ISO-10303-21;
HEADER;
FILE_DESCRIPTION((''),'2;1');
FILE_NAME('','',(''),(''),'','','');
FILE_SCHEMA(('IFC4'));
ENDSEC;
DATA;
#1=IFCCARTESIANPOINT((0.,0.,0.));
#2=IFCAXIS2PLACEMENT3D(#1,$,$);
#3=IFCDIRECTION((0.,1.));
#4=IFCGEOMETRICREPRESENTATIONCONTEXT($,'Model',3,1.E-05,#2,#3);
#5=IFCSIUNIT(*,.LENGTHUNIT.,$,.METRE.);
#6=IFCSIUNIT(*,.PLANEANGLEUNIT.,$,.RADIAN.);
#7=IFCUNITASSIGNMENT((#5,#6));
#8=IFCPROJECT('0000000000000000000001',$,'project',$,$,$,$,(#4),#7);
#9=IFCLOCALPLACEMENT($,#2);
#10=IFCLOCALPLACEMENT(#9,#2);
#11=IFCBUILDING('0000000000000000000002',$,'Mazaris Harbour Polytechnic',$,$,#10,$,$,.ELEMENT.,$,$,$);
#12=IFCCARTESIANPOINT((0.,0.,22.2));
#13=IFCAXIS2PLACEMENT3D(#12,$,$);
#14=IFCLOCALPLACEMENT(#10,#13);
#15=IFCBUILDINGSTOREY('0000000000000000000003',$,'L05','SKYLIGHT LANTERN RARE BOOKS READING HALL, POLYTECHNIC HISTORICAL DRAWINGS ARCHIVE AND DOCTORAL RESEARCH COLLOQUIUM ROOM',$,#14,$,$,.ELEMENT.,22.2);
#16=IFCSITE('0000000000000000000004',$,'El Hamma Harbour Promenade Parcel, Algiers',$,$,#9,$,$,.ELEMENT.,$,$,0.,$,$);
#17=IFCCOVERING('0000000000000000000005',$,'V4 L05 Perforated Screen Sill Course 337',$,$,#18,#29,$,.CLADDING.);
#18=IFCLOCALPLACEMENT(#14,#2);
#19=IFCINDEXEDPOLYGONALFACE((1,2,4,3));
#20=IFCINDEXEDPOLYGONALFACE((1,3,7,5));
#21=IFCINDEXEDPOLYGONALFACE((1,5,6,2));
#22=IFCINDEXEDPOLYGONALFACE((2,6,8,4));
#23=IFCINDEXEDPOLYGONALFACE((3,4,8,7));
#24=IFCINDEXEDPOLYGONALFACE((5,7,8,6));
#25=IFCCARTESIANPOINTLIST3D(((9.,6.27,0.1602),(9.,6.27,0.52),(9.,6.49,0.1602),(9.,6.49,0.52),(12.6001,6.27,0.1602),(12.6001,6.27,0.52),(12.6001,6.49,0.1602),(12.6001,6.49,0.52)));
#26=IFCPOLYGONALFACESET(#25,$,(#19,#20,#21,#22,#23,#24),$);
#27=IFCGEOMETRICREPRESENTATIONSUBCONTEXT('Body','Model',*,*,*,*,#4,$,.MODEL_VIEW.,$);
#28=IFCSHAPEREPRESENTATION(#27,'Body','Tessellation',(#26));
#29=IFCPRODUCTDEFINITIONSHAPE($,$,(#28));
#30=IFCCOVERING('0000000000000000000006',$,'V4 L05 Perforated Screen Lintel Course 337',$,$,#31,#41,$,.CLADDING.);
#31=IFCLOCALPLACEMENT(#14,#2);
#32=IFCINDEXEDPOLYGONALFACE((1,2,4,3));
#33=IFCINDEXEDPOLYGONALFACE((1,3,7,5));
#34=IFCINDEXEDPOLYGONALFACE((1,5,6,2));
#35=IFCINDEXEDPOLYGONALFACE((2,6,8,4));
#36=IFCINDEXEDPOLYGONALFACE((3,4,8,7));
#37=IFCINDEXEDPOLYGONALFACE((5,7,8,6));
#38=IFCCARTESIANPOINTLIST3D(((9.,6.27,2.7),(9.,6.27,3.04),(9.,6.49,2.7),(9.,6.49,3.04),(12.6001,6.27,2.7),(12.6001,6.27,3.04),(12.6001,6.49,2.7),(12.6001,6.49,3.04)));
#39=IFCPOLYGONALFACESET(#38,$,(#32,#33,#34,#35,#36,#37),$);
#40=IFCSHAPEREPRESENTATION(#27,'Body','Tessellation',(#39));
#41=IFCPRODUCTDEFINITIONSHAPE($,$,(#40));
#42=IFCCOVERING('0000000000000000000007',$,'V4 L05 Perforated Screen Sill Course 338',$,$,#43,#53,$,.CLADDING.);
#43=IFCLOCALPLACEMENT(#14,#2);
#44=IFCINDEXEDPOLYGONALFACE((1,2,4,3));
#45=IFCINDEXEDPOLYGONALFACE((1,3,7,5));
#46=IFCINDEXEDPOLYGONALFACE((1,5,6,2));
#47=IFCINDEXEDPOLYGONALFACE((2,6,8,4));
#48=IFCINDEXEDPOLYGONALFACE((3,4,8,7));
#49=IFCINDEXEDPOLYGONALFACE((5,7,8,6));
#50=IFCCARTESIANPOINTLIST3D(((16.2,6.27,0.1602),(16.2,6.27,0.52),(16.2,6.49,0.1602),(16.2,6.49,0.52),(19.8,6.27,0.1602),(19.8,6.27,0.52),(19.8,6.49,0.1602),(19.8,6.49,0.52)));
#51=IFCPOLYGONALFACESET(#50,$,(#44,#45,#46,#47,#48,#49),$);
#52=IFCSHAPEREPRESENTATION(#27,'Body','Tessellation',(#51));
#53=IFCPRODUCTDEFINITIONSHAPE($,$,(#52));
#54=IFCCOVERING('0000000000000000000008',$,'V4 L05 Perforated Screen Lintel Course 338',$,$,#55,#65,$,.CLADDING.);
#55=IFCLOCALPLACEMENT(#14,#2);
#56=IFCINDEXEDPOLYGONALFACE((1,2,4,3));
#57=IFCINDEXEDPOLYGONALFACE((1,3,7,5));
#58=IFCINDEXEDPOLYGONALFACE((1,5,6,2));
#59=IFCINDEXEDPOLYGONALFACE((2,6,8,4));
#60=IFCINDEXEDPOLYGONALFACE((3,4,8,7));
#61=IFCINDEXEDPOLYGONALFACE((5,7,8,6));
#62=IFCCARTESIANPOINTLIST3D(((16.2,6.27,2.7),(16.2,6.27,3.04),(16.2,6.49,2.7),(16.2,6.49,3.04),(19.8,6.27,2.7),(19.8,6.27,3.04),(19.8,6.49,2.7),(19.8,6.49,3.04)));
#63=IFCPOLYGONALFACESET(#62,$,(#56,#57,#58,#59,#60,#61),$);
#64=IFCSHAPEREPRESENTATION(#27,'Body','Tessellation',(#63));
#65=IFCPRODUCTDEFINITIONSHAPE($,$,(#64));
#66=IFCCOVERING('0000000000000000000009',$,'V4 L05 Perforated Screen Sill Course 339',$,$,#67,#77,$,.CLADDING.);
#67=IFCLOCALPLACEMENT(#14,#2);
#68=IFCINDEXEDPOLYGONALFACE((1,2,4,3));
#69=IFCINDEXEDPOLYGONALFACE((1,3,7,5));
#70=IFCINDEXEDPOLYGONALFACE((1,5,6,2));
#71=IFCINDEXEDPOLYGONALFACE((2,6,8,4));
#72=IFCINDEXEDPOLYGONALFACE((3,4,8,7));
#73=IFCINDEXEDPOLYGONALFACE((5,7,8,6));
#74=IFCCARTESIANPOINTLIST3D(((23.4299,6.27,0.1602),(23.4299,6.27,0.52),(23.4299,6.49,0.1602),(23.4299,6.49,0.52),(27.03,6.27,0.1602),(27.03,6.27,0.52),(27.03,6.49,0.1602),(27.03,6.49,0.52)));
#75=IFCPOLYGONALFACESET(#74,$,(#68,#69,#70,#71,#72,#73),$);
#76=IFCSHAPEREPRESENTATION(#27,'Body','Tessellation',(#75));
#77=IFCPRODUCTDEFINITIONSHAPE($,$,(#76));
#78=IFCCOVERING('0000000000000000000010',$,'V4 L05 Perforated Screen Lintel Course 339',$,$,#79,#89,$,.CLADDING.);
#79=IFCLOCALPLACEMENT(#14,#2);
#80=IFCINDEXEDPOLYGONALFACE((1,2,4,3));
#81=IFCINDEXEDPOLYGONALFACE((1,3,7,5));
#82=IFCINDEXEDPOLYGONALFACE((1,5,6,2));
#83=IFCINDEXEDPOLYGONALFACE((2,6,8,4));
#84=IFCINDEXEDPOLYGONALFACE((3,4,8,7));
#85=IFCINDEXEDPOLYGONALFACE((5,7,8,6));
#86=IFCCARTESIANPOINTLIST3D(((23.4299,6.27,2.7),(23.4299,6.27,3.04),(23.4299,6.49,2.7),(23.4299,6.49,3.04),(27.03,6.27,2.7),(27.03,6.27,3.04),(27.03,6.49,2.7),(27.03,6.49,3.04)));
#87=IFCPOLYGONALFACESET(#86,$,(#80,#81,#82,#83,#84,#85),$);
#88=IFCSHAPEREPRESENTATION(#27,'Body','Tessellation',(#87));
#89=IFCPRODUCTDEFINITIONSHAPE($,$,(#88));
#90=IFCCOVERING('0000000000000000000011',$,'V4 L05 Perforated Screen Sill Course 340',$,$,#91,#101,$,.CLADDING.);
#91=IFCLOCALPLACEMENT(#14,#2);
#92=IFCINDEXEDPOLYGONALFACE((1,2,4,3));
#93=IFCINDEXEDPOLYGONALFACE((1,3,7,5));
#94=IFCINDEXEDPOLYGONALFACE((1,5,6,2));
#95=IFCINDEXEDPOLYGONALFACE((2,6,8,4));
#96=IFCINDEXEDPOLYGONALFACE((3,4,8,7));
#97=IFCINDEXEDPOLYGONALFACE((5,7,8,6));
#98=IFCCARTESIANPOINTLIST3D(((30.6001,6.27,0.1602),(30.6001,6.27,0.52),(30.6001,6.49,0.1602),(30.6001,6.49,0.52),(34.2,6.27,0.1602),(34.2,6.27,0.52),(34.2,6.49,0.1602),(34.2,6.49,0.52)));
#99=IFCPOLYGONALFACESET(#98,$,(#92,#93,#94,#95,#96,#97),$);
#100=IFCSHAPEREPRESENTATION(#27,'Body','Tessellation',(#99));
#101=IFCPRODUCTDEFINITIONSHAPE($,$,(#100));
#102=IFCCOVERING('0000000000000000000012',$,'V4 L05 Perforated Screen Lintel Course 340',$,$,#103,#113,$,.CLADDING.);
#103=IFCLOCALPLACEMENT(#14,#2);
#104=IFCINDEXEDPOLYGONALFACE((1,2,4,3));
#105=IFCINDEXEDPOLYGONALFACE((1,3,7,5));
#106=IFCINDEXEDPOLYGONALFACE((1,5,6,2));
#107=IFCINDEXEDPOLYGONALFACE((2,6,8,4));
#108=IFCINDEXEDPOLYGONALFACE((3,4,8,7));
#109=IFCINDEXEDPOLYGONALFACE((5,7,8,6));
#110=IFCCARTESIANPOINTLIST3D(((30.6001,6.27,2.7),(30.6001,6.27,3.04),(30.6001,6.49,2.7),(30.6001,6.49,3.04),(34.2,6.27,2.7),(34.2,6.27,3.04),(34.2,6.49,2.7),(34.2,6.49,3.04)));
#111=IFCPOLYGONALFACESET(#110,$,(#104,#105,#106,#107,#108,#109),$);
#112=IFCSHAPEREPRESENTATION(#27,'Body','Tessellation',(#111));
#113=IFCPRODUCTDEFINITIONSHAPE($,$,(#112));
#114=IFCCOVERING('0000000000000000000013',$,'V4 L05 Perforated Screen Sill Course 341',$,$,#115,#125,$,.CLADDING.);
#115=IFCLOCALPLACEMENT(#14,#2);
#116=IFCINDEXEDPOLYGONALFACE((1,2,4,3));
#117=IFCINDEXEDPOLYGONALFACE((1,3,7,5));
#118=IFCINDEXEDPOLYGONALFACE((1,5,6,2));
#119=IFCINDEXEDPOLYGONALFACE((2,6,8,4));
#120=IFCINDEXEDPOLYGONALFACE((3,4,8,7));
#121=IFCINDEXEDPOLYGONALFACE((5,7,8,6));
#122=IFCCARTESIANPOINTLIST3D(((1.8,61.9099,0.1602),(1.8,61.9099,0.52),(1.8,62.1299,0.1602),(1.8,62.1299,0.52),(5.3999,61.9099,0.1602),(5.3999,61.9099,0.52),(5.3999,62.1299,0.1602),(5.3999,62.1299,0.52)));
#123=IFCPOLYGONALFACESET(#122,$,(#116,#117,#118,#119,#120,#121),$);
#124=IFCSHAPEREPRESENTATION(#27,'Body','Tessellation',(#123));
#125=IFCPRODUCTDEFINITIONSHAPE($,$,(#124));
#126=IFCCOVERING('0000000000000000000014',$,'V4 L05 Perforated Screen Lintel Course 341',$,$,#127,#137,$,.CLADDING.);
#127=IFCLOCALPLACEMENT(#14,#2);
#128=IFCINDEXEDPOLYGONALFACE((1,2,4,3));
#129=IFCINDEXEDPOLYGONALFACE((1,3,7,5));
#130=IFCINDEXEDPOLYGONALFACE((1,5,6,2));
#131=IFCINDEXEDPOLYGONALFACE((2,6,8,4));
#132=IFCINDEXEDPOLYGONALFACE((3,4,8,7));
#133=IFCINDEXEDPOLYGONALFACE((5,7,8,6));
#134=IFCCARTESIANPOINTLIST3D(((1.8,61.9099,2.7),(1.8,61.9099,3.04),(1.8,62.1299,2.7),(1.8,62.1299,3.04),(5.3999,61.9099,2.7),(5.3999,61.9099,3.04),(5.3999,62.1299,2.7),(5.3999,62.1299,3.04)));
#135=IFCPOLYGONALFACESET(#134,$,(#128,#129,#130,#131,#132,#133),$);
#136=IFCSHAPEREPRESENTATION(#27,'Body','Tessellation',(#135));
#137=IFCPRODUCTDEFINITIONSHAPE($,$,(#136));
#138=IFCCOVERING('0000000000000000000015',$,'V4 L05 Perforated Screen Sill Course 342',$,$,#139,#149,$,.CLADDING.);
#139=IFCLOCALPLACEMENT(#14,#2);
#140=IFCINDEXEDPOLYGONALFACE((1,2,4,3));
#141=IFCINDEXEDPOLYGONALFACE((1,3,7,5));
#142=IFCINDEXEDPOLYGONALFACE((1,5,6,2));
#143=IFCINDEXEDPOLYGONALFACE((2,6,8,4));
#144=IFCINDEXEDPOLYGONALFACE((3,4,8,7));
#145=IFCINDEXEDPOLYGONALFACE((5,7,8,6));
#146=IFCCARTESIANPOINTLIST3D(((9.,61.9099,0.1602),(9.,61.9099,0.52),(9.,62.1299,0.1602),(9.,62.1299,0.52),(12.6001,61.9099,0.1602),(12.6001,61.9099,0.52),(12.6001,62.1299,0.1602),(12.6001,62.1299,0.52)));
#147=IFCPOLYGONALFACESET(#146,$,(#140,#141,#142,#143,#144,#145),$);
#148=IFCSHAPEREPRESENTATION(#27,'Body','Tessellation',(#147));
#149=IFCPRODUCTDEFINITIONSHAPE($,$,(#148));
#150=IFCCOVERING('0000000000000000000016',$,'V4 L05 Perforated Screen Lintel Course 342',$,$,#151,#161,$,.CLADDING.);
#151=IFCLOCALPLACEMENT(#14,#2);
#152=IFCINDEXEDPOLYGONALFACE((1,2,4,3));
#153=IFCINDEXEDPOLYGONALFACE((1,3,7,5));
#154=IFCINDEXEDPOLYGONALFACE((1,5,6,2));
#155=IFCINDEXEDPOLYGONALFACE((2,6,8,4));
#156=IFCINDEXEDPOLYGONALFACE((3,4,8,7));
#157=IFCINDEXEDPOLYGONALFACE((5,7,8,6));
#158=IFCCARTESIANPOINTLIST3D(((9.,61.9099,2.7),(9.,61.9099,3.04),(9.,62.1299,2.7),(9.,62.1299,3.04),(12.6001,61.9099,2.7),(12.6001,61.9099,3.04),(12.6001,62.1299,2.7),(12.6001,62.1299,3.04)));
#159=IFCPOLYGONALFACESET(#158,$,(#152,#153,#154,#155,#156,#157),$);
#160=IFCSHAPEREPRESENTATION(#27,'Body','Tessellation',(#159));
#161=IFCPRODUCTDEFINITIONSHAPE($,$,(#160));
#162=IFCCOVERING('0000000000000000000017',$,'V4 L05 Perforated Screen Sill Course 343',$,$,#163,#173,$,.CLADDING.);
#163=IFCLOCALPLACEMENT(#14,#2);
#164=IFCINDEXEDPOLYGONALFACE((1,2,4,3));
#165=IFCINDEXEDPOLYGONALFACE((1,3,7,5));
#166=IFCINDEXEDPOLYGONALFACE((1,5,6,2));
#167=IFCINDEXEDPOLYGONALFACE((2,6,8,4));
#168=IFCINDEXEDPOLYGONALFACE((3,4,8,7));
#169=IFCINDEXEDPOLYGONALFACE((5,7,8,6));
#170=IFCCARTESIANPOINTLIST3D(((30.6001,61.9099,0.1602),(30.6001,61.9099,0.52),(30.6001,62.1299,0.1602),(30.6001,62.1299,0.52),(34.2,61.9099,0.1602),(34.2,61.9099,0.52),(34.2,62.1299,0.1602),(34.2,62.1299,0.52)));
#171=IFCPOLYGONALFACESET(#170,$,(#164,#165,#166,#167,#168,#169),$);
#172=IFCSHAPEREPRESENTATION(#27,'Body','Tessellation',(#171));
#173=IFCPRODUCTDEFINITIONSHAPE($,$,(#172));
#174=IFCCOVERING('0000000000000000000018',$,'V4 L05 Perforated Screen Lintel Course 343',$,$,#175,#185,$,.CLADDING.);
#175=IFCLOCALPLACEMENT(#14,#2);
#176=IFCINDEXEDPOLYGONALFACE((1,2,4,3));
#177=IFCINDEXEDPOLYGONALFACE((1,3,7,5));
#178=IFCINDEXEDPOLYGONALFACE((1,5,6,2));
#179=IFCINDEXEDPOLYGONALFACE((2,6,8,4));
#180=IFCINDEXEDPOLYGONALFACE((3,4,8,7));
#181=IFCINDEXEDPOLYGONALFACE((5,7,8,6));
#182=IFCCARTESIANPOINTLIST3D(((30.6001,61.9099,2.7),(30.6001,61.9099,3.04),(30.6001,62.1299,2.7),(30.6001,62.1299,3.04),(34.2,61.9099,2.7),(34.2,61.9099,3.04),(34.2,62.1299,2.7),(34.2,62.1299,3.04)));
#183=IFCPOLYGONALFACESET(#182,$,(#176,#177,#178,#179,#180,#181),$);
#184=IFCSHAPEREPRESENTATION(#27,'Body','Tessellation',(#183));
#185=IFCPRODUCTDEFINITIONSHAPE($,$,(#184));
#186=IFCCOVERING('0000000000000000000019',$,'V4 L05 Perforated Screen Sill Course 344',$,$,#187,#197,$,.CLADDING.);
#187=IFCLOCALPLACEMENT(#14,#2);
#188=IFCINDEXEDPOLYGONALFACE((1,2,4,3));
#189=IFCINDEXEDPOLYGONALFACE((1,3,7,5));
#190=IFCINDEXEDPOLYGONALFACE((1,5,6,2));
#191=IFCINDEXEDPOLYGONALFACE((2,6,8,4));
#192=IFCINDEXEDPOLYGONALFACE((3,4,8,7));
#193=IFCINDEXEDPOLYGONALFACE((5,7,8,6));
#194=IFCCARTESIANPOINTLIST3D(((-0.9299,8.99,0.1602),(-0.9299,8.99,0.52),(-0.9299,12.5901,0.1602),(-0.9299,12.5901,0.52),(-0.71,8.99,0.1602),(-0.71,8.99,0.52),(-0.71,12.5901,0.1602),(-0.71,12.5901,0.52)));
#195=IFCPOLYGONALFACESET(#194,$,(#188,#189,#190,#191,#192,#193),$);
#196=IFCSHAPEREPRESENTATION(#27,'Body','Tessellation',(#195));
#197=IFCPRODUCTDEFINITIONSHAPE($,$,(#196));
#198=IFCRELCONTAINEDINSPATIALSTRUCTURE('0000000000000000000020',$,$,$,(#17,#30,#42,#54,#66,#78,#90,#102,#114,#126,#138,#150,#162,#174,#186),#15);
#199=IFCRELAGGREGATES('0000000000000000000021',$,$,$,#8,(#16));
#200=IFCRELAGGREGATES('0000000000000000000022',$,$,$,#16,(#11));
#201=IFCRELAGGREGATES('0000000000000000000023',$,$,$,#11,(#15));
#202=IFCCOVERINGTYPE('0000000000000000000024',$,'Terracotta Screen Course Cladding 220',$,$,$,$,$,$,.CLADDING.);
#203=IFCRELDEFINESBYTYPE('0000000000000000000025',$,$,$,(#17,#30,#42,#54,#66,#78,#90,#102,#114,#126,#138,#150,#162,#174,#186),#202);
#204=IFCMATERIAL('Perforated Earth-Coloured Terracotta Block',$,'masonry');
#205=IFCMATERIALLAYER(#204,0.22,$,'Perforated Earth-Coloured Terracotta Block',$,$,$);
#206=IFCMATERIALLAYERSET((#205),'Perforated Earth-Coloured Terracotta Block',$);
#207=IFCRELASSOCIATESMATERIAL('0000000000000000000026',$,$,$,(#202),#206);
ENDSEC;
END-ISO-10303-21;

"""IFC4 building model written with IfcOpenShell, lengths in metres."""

from ifc_helpers import new_model, si_unit, direction, frame, origin, place, context, subcontext, project, spatial, polyline, outline, extrude, material, layer, layer_set, type_object, element, save


model = new_model("IFC4")

# Units and contexts
model_context = context("Model", 3, precision=1e-05, world=origin(), true_north=direction((0.0, 1.0)))
body_context = subcontext(model_context, "Body", "Model", "MODEL_VIEW")
ifc_project = project(units=[si_unit("LENGTHUNIT", "METRE"), si_unit("PLANEANGLEUNIT", "RADIAN")], contexts=[model_context])

# Site, building, storey
site_placement = place(None, origin())
site = spatial("IfcSite", under=ifc_project, at=site_placement, Name="El Hamma Harbour Promenade Parcel, Algiers", CompositionType="ELEMENT", RefElevation=0.0)
building_placement = place(site_placement, origin())
building = spatial("IfcBuilding", under=site, at=building_placement, Name="Mazaris Harbour Polytechnic", CompositionType="ELEMENT")
storey_placement = place(building_placement, frame((0.0, 0.0, 22.2)))
storey = spatial("IfcBuildingStorey", under=building, at=storey_placement, Name="L05", Description="SKYLIGHT LANTERN RARE BOOKS READING HALL, POLYTECHNIC HISTORICAL DRAWINGS ARCHIVE AND DOCTORAL RESEARCH COLLOQUIUM ROOM", CompositionType="ELEMENT", Elevation=22.2)

# Coverings
ifc_material_1 = material(Name="Perforated Earth-Coloured Terracotta Block", Category="masonry")
ifc_layer_1 = layer(ifc_material_1, 0.22, Name="Perforated Earth-Coloured Terracotta Block")
ifc_layer_set_1 = layer_set([ifc_layer_1], Name="Perforated Earth-Coloured Terracotta Block")
covering_type = type_object("IfcCoveringType", Name="Terracotta Screen Course Cladding 220", PredefinedType="CLADDING", material=ifc_layer_set_1)
covering_1_placement = place(storey_placement, frame((0.0, 0.0, 0.1602)))
element("IfcCovering", 1, at=covering_1_placement, inside=storey, type_object=covering_type, Name="V4 L05 Perforated Screen Sill Course 337", PredefinedType="CLADDING", context=body_context, shape_type="SweptSolid", body=[
    extrude(outline(polyline([(12.6001, 6.49), (9.0, 6.49), (9.0, 6.27), (12.6001, 6.27), (12.6001, 6.49)])), origin(), (0.0, 0.0, 1.0), 0.3599),
])
covering_2_placement = place(storey_placement, frame((0.0, 0.0, 2.7)))
element("IfcCovering", 2, at=covering_2_placement, inside=storey, type_object=covering_type, Name="V4 L05 Perforated Screen Lintel Course 337", PredefinedType="CLADDING", context=body_context, shape_type="SweptSolid", body=[
    extrude(outline(polyline([(12.6001, 6.49), (9.0, 6.49), (9.0, 6.27), (12.6001, 6.27), (12.6001, 6.49)])), origin(), (0.0, 0.0, 1.0), 0.3401),
])
covering_3_placement = place(storey_placement, frame((0.0, 0.0, 0.1602)))
element("IfcCovering", 3, at=covering_3_placement, inside=storey, type_object=covering_type, Name="V4 L05 Perforated Screen Sill Course 338", PredefinedType="CLADDING", context=body_context, shape_type="SweptSolid", body=[
    extrude(outline(polyline([(19.8, 6.49), (16.2, 6.49), (16.2, 6.27), (19.8, 6.27), (19.8, 6.49)])), origin(), (0.0, 0.0, 1.0), 0.3599),
])
covering_4_placement = place(storey_placement, frame((0.0, 0.0, 2.7)))
element("IfcCovering", 4, at=covering_4_placement, inside=storey, type_object=covering_type, Name="V4 L05 Perforated Screen Lintel Course 338", PredefinedType="CLADDING", context=body_context, shape_type="SweptSolid", body=[
    extrude(outline(polyline([(19.8, 6.49), (16.2, 6.49), (16.2, 6.27), (19.8, 6.27), (19.8, 6.49)])), origin(), (0.0, 0.0, 1.0), 0.3401),
])
covering_5_placement = place(storey_placement, frame((0.0, 0.0, 0.1602)))
element("IfcCovering", 5, at=covering_5_placement, inside=storey, type_object=covering_type, Name="V4 L05 Perforated Screen Sill Course 339", PredefinedType="CLADDING", context=body_context, shape_type="SweptSolid", body=[
    extrude(outline(polyline([(27.03, 6.49), (23.4299, 6.49), (23.4299, 6.27), (27.03, 6.27), (27.03, 6.49)])), origin(), (0.0, 0.0, 1.0), 0.3599),
])
covering_6_placement = place(storey_placement, frame((0.0, 0.0, 2.7)))
element("IfcCovering", 6, at=covering_6_placement, inside=storey, type_object=covering_type, Name="V4 L05 Perforated Screen Lintel Course 339", PredefinedType="CLADDING", context=body_context, shape_type="SweptSolid", body=[
    extrude(outline(polyline([(27.03, 6.49), (23.4299, 6.49), (23.4299, 6.27), (27.03, 6.27), (27.03, 6.49)])), origin(), (0.0, 0.0, 1.0), 0.3401),
])
covering_7_placement = place(storey_placement, frame((0.0, 0.0, 0.1602)))
element("IfcCovering", 7, at=covering_7_placement, inside=storey, type_object=covering_type, Name="V4 L05 Perforated Screen Sill Course 340", PredefinedType="CLADDING", context=body_context, shape_type="SweptSolid", body=[
    extrude(outline(polyline([(34.2, 6.49), (30.6001, 6.49), (30.6001, 6.27), (34.2, 6.27), (34.2, 6.49)])), origin(), (0.0, 0.0, 1.0), 0.3599),
])
covering_8_placement = place(storey_placement, frame((0.0, 0.0, 2.7)))
element("IfcCovering", 8, at=covering_8_placement, inside=storey, type_object=covering_type, Name="V4 L05 Perforated Screen Lintel Course 340", PredefinedType="CLADDING", context=body_context, shape_type="SweptSolid", body=[
    extrude(outline(polyline([(34.2, 6.49), (30.6001, 6.49), (30.6001, 6.27), (34.2, 6.27), (34.2, 6.49)])), origin(), (0.0, 0.0, 1.0), 0.3401),
])
covering_9_placement = place(storey_placement, frame((0.0, 0.0, 0.1602)))
element("IfcCovering", 9, at=covering_9_placement, inside=storey, type_object=covering_type, Name="V4 L05 Perforated Screen Sill Course 341", PredefinedType="CLADDING", context=body_context, shape_type="SweptSolid", body=[
    extrude(outline(polyline([(1.8, 61.9099), (5.3999, 61.9099), (5.3999, 62.1299), (1.8, 62.1299), (1.8, 61.9099)])), origin(), (0.0, 0.0, 1.0), 0.3599),
])
covering_10_placement = place(storey_placement, frame((0.0, 0.0, 2.7)))
element("IfcCovering", 10, at=covering_10_placement, inside=storey, type_object=covering_type, Name="V4 L05 Perforated Screen Lintel Course 341", PredefinedType="CLADDING", context=body_context, shape_type="SweptSolid", body=[
    extrude(outline(polyline([(1.8, 61.9099), (5.3999, 61.9099), (5.3999, 62.1299), (1.8, 62.1299), (1.8, 61.9099)])), origin(), (0.0, 0.0, 1.0), 0.3401),
])
covering_11_placement = place(storey_placement, frame((0.0, 0.0, 0.1602)))
element("IfcCovering", 11, at=covering_11_placement, inside=storey, type_object=covering_type, Name="V4 L05 Perforated Screen Sill Course 342", PredefinedType="CLADDING", context=body_context, shape_type="SweptSolid", body=[
    extrude(outline(polyline([(9.0, 61.9099), (12.6001, 61.9099), (12.6001, 62.1299), (9.0, 62.1299), (9.0, 61.9099)])), origin(), (0.0, 0.0, 1.0), 0.3599),
])
covering_12_placement = place(storey_placement, frame((0.0, 0.0, 2.7)))
element("IfcCovering", 12, at=covering_12_placement, inside=storey, type_object=covering_type, Name="V4 L05 Perforated Screen Lintel Course 342", PredefinedType="CLADDING", context=body_context, shape_type="SweptSolid", body=[
    extrude(outline(polyline([(9.0, 61.9099), (12.6001, 61.9099), (12.6001, 62.1299), (9.0, 62.1299), (9.0, 61.9099)])), origin(), (0.0, 0.0, 1.0), 0.3401),
])
covering_13_placement = place(storey_placement, frame((0.0, 0.0, 0.1602)))
element("IfcCovering", 13, at=covering_13_placement, inside=storey, type_object=covering_type, Name="V4 L05 Perforated Screen Sill Course 343", PredefinedType="CLADDING", context=body_context, shape_type="SweptSolid", body=[
    extrude(outline(polyline([(30.6001, 61.9099), (34.2, 61.9099), (34.2, 62.1299), (30.6001, 62.1299), (30.6001, 61.9099)])), origin(), (0.0, 0.0, 1.0), 0.3599),
])
covering_14_placement = place(storey_placement, frame((0.0, 0.0, 2.7)))
element("IfcCovering", 14, at=covering_14_placement, inside=storey, type_object=covering_type, Name="V4 L05 Perforated Screen Lintel Course 343", PredefinedType="CLADDING", context=body_context, shape_type="SweptSolid", body=[
    extrude(outline(polyline([(30.6001, 61.9099), (34.2, 61.9099), (34.2, 62.1299), (30.6001, 62.1299), (30.6001, 61.9099)])), origin(), (0.0, 0.0, 1.0), 0.3401),
])
covering_15_placement = place(storey_placement, frame((0.0, 0.0, 0.1602)))
element("IfcCovering", 15, at=covering_15_placement, inside=storey, type_object=covering_type, Name="V4 L05 Perforated Screen Sill Course 344", PredefinedType="CLADDING", context=body_context, shape_type="SweptSolid", body=[
    extrude(outline(polyline([(-0.71, 8.99), (-0.71, 12.5901), (-0.9299, 12.5901), (-0.9299, 8.99), (-0.71, 8.99)])), origin(), (0.0, 0.0, 1.0), 0.3599),
])

save(model, "model.ifc")
